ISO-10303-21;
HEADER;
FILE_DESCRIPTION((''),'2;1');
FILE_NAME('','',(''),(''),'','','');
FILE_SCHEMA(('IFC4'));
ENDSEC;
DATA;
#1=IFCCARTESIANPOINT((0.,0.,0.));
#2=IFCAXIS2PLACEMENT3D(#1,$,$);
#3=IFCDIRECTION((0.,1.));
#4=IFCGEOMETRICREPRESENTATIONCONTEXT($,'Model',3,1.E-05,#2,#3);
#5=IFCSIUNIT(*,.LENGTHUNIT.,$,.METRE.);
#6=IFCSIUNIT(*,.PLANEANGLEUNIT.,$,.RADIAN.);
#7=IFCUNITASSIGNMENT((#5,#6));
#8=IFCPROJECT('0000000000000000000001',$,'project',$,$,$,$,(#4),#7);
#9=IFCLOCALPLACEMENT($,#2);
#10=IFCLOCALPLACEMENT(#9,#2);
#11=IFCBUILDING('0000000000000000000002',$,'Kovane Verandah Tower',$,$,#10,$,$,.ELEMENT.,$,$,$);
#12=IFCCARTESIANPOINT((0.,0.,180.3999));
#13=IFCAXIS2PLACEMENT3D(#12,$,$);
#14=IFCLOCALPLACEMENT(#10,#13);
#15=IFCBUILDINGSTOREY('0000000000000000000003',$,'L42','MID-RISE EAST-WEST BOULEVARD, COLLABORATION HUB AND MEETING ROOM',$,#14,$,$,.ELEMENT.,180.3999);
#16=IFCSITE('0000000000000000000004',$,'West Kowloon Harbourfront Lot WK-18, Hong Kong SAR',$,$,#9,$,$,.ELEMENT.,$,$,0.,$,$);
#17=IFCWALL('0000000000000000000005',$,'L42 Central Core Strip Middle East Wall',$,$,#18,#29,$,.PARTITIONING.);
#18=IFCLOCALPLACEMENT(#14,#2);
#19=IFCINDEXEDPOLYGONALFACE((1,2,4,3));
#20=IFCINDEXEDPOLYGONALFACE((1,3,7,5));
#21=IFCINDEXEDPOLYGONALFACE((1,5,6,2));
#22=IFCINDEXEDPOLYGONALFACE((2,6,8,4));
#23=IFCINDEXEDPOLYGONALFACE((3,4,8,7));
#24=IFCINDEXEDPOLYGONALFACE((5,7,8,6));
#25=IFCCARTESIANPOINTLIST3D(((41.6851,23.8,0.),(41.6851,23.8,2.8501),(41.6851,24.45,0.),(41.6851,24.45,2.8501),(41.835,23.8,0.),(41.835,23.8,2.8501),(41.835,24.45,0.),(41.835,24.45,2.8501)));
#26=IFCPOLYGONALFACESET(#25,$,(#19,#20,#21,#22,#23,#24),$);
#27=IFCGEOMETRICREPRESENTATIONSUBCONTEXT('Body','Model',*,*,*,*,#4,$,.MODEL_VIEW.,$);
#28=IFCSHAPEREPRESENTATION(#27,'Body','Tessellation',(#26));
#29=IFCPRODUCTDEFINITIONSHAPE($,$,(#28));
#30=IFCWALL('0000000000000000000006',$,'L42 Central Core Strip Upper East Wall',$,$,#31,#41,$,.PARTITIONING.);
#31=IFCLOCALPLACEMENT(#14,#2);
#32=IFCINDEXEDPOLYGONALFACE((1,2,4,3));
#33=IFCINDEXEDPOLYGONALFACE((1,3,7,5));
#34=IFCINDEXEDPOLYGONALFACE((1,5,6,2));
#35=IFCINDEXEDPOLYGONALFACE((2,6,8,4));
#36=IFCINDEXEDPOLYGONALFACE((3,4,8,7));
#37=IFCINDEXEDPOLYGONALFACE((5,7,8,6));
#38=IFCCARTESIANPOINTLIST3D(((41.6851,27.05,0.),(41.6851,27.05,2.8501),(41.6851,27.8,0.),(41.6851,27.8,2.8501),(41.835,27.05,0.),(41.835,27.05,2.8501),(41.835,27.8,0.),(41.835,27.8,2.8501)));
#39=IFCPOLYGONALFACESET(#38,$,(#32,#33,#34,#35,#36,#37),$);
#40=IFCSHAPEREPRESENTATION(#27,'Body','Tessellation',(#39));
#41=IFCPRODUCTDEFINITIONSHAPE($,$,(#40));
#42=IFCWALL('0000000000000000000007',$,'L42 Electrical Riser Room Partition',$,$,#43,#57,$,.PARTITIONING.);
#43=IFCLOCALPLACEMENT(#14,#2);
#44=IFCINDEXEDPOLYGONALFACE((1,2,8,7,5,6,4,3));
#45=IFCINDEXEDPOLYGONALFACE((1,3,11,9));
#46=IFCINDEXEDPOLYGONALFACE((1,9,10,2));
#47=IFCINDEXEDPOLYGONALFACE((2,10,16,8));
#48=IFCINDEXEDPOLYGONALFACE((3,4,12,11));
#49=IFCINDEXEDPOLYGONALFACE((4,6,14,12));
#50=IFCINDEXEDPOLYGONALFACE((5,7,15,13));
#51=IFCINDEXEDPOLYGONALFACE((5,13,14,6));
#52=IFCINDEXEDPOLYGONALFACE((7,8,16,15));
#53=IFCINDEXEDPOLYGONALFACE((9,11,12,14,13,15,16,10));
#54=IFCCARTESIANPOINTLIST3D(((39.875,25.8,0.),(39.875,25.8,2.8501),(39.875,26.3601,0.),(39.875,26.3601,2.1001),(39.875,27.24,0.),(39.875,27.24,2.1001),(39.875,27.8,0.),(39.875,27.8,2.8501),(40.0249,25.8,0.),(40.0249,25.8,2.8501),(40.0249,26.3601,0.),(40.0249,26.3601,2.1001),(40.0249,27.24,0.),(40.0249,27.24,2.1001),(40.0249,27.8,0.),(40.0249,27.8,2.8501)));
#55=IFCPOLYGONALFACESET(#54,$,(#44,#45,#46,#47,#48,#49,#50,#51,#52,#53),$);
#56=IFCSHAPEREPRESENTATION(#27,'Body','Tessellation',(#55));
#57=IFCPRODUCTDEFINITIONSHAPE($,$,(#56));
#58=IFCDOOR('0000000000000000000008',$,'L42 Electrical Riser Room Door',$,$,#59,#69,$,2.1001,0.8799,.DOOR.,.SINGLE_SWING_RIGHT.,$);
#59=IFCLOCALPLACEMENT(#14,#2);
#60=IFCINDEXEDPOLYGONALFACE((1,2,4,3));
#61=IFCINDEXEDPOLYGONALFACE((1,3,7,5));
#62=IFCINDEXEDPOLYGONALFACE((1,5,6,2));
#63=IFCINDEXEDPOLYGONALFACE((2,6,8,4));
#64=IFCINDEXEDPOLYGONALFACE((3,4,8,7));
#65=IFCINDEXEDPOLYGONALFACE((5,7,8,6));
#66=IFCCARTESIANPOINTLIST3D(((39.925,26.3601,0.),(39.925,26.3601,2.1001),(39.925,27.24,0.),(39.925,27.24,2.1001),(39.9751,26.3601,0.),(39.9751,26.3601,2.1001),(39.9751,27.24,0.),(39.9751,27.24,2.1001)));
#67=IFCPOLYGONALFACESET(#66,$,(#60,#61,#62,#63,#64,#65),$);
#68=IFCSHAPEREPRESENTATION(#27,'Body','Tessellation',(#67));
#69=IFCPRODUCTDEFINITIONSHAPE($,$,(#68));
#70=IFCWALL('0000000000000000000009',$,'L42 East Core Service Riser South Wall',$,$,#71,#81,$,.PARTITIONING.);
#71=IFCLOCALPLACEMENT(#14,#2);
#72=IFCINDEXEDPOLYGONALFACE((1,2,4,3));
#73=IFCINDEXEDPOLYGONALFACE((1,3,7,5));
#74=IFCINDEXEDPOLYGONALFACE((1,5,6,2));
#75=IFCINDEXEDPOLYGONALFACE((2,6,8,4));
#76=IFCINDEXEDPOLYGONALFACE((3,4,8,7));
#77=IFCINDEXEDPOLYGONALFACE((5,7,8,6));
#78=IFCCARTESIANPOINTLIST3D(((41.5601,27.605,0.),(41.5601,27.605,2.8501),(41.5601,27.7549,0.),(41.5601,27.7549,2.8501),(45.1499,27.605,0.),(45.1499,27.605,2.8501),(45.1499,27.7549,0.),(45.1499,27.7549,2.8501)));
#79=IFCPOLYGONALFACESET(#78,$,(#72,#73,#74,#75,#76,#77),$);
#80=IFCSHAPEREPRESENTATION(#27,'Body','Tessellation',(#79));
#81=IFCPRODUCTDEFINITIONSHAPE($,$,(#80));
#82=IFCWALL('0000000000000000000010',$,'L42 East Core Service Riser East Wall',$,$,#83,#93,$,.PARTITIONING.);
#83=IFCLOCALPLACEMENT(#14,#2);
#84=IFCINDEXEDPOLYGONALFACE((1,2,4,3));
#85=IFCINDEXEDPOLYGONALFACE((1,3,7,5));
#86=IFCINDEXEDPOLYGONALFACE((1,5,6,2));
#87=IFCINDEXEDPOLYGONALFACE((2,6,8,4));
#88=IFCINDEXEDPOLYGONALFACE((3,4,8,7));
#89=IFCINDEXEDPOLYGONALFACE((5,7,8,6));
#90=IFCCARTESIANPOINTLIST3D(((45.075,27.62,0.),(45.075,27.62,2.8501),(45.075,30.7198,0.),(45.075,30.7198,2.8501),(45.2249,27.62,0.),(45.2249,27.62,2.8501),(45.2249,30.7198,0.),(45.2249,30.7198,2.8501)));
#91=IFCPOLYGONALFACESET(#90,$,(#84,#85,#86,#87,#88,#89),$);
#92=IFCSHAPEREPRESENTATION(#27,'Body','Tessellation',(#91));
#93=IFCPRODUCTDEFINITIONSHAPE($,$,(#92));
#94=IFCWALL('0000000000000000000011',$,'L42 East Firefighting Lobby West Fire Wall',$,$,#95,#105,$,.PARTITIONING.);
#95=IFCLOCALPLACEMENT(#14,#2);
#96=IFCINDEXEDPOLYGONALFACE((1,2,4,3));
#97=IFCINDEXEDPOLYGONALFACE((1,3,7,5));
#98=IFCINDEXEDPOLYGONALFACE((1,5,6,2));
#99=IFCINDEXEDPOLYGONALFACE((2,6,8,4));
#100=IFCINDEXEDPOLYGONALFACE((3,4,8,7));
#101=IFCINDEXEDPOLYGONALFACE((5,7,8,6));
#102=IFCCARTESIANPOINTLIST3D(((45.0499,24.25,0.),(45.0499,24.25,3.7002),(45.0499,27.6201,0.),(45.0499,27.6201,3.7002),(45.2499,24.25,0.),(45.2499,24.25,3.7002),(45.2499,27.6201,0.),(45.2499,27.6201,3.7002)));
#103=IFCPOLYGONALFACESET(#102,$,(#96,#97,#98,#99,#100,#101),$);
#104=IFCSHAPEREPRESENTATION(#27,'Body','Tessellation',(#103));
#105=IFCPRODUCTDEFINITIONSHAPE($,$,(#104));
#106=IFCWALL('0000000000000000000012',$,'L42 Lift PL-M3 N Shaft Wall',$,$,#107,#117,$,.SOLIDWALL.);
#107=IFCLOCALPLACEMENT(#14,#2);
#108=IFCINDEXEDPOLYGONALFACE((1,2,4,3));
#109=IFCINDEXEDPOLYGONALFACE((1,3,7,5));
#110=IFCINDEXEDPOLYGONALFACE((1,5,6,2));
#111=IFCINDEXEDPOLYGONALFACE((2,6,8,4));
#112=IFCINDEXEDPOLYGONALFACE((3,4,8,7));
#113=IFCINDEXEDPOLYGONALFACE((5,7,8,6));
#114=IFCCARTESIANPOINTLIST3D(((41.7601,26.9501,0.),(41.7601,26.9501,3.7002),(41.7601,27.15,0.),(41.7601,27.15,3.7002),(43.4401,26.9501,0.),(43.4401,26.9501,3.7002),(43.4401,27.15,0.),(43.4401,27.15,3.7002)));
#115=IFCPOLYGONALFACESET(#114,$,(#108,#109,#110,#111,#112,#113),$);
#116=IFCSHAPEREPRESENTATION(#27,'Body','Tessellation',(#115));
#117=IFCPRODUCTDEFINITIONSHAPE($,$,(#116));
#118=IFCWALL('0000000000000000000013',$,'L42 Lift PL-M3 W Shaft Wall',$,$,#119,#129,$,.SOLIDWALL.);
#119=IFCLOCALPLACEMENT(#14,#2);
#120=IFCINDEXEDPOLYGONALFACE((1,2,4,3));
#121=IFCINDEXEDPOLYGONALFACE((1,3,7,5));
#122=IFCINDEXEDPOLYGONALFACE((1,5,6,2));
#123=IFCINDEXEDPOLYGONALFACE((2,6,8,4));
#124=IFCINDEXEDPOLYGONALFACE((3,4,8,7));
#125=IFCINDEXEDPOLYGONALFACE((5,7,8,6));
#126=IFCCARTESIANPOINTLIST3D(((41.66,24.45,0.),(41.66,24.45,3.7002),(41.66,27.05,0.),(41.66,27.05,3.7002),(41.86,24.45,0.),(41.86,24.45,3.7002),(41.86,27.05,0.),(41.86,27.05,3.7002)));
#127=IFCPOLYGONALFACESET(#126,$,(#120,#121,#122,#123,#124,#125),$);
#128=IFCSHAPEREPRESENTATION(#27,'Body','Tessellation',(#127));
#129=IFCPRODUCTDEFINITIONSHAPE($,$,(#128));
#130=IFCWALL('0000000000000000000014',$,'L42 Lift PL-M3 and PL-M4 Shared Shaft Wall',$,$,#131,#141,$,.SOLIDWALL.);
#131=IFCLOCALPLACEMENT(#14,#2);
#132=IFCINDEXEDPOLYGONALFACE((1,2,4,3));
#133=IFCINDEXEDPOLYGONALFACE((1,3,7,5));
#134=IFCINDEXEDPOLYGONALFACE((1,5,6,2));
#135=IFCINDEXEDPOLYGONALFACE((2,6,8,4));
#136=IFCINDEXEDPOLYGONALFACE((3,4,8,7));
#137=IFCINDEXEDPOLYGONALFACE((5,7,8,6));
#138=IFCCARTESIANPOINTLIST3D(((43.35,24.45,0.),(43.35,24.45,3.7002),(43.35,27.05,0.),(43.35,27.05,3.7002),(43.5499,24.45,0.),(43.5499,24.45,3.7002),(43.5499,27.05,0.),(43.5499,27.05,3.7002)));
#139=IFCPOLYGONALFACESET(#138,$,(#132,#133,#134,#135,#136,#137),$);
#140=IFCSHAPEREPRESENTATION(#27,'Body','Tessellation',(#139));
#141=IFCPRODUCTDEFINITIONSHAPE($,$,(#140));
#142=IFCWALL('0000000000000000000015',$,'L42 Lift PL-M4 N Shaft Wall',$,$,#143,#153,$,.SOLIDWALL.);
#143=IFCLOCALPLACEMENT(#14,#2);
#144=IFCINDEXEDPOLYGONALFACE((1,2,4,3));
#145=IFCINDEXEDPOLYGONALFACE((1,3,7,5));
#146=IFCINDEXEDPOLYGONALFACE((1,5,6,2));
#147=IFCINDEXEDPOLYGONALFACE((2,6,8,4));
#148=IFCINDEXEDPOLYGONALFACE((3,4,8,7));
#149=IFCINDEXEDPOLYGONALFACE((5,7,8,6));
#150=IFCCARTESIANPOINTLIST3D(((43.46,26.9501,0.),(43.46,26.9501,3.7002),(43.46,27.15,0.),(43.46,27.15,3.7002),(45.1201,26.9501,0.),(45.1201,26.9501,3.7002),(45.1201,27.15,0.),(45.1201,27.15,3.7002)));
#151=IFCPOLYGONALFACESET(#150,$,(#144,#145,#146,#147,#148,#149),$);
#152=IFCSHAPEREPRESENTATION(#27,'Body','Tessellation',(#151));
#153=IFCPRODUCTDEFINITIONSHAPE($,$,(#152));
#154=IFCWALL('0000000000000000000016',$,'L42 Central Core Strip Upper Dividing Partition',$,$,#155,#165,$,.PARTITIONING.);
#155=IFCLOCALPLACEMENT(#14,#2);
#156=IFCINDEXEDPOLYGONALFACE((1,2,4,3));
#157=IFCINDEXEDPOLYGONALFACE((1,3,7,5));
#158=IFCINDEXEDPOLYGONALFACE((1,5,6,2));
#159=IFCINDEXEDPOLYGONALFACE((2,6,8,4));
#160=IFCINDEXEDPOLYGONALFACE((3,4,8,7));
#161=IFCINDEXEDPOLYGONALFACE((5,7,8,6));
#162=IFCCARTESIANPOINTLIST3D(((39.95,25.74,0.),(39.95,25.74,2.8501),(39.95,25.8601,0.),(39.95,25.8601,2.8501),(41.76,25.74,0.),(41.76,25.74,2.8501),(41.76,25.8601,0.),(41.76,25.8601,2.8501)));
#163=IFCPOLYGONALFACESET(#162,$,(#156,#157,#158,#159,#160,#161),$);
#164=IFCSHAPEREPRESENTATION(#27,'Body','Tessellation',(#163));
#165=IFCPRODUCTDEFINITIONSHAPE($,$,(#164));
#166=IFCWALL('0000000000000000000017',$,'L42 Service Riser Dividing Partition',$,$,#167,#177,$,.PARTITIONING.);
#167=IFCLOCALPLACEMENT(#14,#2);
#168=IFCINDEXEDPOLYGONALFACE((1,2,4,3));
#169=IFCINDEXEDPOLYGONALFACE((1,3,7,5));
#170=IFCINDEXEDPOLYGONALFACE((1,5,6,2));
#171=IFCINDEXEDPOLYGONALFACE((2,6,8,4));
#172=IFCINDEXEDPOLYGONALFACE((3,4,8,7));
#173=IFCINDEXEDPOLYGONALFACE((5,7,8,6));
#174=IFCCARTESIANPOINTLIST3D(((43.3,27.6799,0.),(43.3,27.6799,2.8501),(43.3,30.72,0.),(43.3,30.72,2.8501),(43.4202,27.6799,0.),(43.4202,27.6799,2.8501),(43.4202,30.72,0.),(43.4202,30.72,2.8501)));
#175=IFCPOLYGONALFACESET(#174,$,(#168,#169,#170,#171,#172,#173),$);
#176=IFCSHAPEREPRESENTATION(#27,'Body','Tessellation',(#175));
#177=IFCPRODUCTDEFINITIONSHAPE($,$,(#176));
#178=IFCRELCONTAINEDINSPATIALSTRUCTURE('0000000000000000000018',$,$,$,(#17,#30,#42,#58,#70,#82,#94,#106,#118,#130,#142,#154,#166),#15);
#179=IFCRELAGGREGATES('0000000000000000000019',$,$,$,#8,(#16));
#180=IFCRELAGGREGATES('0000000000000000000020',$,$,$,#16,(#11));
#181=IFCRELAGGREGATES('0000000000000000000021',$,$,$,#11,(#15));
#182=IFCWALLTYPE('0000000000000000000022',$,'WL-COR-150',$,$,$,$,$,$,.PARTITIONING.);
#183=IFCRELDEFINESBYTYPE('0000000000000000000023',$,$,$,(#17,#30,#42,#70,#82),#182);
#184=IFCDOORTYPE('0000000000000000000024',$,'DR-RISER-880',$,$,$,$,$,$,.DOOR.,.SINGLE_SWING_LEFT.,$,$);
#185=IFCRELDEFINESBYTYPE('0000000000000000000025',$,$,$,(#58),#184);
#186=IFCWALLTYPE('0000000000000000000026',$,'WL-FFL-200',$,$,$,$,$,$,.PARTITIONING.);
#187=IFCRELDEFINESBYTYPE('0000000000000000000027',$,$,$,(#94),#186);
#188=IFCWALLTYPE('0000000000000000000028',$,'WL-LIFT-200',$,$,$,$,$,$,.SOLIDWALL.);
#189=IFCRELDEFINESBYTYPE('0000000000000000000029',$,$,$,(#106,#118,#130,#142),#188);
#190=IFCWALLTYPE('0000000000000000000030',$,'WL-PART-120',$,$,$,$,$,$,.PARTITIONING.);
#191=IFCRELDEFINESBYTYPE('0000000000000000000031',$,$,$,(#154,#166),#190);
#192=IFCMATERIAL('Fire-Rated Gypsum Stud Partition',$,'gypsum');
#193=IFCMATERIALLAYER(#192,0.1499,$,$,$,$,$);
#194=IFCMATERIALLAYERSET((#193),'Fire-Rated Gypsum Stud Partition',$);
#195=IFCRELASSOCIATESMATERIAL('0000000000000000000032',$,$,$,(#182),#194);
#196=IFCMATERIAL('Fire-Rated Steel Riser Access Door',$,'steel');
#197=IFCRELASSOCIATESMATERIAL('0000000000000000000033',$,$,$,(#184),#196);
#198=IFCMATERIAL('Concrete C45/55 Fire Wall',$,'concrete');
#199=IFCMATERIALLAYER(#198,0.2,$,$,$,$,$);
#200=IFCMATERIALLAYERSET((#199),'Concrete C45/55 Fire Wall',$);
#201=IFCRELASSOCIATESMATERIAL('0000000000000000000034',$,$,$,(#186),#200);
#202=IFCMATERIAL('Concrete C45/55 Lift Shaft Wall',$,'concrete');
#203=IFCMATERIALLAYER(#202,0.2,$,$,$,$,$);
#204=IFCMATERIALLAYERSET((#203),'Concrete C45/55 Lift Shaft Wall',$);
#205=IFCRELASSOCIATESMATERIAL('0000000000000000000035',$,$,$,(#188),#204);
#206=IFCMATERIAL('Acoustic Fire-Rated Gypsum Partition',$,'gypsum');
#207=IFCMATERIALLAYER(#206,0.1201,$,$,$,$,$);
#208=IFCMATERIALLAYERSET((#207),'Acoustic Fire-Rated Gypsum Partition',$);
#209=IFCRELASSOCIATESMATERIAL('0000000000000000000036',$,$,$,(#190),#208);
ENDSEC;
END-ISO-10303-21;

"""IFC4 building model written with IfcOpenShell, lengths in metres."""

from ifc_helpers import new_model, si_unit, direction, frame, frame_2d, origin, place, context, subcontext, project, spatial, rectangle, extrude, material, layer, layer_set, type_object, element, fill, save


model = new_model("IFC4")

# Units and contexts
model_context = context("Model", 3, precision=1e-05, world=origin(), true_north=direction((0.0, 1.0)))
body_context = subcontext(model_context, "Body", "Model", "MODEL_VIEW")
ifc_project = project(units=[si_unit("LENGTHUNIT", "METRE"), si_unit("PLANEANGLEUNIT", "RADIAN")], contexts=[model_context])

# Site, building, storey
site_placement = place(None, origin())
site = spatial("IfcSite", under=ifc_project, at=site_placement, Name="West Kowloon Harbourfront Lot WK-18, Hong Kong SAR", CompositionType="ELEMENT", RefElevation=0.0)
building_placement = place(site_placement, origin())
building = spatial("IfcBuilding", under=site, at=building_placement, Name="Kovane Verandah Tower", CompositionType="ELEMENT")
storey_placement = place(building_placement, frame((0.0, 0.0, 180.3999)))
storey = spatial("IfcBuildingStorey", under=building, at=storey_placement, Name="L42", Description="MID-RISE EAST-WEST BOULEVARD, COLLABORATION HUB AND MEETING ROOM", CompositionType="ELEMENT", Elevation=180.3999)

# Walls
ifc_material_1 = material(Name="Fire-Rated Gypsum Stud Partition", Category="gypsum")
ifc_layer_1 = layer(ifc_material_1, 0.1499)
ifc_layer_set_1 = layer_set([ifc_layer_1], Name="Fire-Rated Gypsum Stud Partition")
wall_type_1 = type_object("IfcWallType", Name="WL-COR-150", PredefinedType="PARTITIONING", material=ifc_layer_set_1)
wall_1_placement = place(storey_placement, frame((41.76, 23.8, 0.0), z_axis=(0.0, 0.0, 1.0), x_axis=(0.0, 1.0, 0.0)))
element("IfcWall", 1, at=wall_1_placement, inside=storey, type_object=wall_type_1, Name="L42 Central Core Strip Middle East Wall", PredefinedType="PARTITIONING", context=body_context, shape_type="SweptSolid", body=[
    extrude(rectangle(XDim=0.6499, YDim=0.1499, at=frame_2d((0.325, 0.0))), origin(), (0.0, 0.0, 1.0), 2.8501),
])
wall_2_placement = place(storey_placement, frame((41.76, 27.05, 0.0), z_axis=(0.0, 0.0, 1.0), x_axis=(0.0, 1.0, 0.0)))
element("IfcWall", 2, at=wall_2_placement, inside=storey, type_object=wall_type_1, Name="L42 Central Core Strip Upper East Wall", PredefinedType="PARTITIONING", context=body_context, shape_type="SweptSolid", body=[
    extrude(rectangle(XDim=0.75, YDim=0.1499, at=frame_2d((0.375, 0.0))), origin(), (0.0, 0.0, 1.0), 2.8501),
])

# Wall, opening, door
wall_3_placement = place(storey_placement, frame((39.95, 25.8, 0.0), z_axis=(0.0, 0.0, 1.0), x_axis=(0.0, 1.0, 0.0)))
wall_3 = element("IfcWall", 3, at=wall_3_placement, inside=storey, type_object=wall_type_1, Name="L42 Electrical Riser Room Partition", PredefinedType="PARTITIONING", context=body_context, shape_type="SweptSolid", body=[
    extrude(rectangle(XDim=2.0, YDim=0.1499, at=frame_2d((1.0, 0.0))), origin(), (0.0, 0.0, 1.0), 2.8501),
])
opening_1_placement = place(wall_3_placement, frame((0.5601, 0.0, 0.0)))
opening_1 = element("IfcOpeningElement", 4, at=opening_1_placement, cuts=wall_3, PredefinedType="OPENING", context=body_context, shape_type="SweptSolid", body=[
    extrude(rectangle(XDim=0.8799, YDim=2.1001, at=frame_2d((0.4399, 1.05))), frame((0.0, 0.075, 0.0), z_axis=(0.0, -1.0, 0.0), x_axis=(1.0, 0.0, 0.0)), (0.0, 0.0, 1.0), 0.1499),
])
ifc_material_2 = material(Name="Fire-Rated Steel Riser Access Door", Category="steel")
door_type_1 = type_object("IfcDoorType", Name="DR-RISER-880", OperationType="SINGLE_SWING_LEFT", PredefinedType="DOOR", material=ifc_material_2)
door_1_placement = place(opening_1_placement, origin())
door_1 = element("IfcDoor", 5, at=door_1_placement, inside=storey, type_object=door_type_1, Name="L42 Electrical Riser Room Door", OperationType="SINGLE_SWING_RIGHT", OverallHeight=2.1001, OverallWidth=0.8799, PredefinedType="DOOR", context=body_context, shape_type="SweptSolid", body=[
    extrude(rectangle(XDim=0.8799, YDim=2.1001, at=frame_2d((0.4399, 1.05))), frame((0.0, 0.0249, 0.0), z_axis=(0.0, -1.0, 0.0), x_axis=(1.0, 0.0, 0.0)), (0.0, 0.0, 1.0), 0.05),
])
fill(opening_1, door_1)

# Walls
wall_4_placement = place(storey_placement, frame((41.5601, 27.6799, 0.0), z_axis=(0.0, 0.0, 1.0), x_axis=(1.0, 0.0, 0.0)))
element("IfcWall", 6, at=wall_4_placement, inside=storey, type_object=wall_type_1, Name="L42 East Core Service Riser South Wall", PredefinedType="PARTITIONING", context=body_context, shape_type="SweptSolid", body=[
    extrude(rectangle(XDim=3.5898, YDim=0.1499, at=frame_2d((1.7949, 0.0))), origin(), (0.0, 0.0, 1.0), 2.8501),
])
wall_5_placement = place(storey_placement, frame((45.1499, 27.6201, 0.0), z_axis=(0.0, 0.0, 1.0), x_axis=(0.0, 1.0, 0.0)))
element("IfcWall", 7, at=wall_5_placement, inside=storey, type_object=wall_type_1, Name="L42 East Core Service Riser East Wall", PredefinedType="PARTITIONING", context=body_context, shape_type="SweptSolid", body=[
    extrude(rectangle(XDim=3.0999, YDim=0.1499, at=frame_2d((1.5498, 0.0))), origin(), (0.0, 0.0, 1.0), 2.8501),
])

# Shared definitions
ifc_material_3 = material(Name="Concrete C45/55 Fire Wall", Category="concrete")
ifc_layer_2 = layer(ifc_material_3, 0.2)
ifc_layer_set_2 = layer_set([ifc_layer_2], Name="Concrete C45/55 Fire Wall")
wall_type_2 = type_object("IfcWallType", Name="WL-FFL-200", PredefinedType="PARTITIONING", material=ifc_layer_set_2)

# Wall
wall_6_placement = place(storey_placement, frame((45.1499, 24.25, 0.0), z_axis=(0.0, 0.0, 1.0), x_axis=(0.0, 1.0, 0.0)))
element("IfcWall", 8, at=wall_6_placement, inside=storey, type_object=wall_type_2, Name="L42 East Firefighting Lobby West Fire Wall", PredefinedType="PARTITIONING", context=body_context, shape_type="SweptSolid", body=[
    extrude(rectangle(XDim=3.3701, YDim=0.2, at=frame_2d((1.6851, 0.0))), origin(), (0.0, 0.0, 1.0), 3.7002),
])

# Shared definitions
ifc_material_4 = material(Name="Concrete C45/55 Lift Shaft Wall", Category="concrete")
ifc_layer_3 = layer(ifc_material_4, 0.2)
ifc_layer_set_3 = layer_set([ifc_layer_3], Name="Concrete C45/55 Lift Shaft Wall")
wall_type_3 = type_object("IfcWallType", Name="WL-LIFT-200", PredefinedType="SOLIDWALL", material=ifc_layer_set_3)

# Walls
wall_7_placement = place(storey_placement, frame((43.4399, 27.05, 0.0), z_axis=(0.0, 0.0, 1.0), x_axis=(-1.0, 0.0, 0.0)))
element("IfcWall", 9, at=wall_7_placement, inside=storey, type_object=wall_type_3, Name="L42 Lift PL-M3 N Shaft Wall", PredefinedType="SOLIDWALL", context=body_context, shape_type="SweptSolid", body=[
    extrude(rectangle(XDim=1.6799, YDim=0.2, at=frame_2d((0.8398, 0.0))), origin(), (0.0, 0.0, 1.0), 3.7002),
])
for number, where, z_axis, x_axis, name in (
    (10, (41.76, 27.05, 0.0), (0.0, 0.0, 1.0), (0.0, -1.0, 0.0), "L42 Lift PL-M3 W Shaft Wall"),
    (11, (43.45, 24.45, 0.0), (0.0, 0.0, 1.0), (0.0, 1.0, 0.0), "L42 Lift PL-M3 and PL-M4 Shared Shaft Wall"),
):
    element("IfcWall", number, at=place(storey_placement, frame(where, z_axis=z_axis, x_axis=x_axis)), inside=storey, type_object=wall_type_3, Name=name, PredefinedType="SOLIDWALL", context=body_context, shape_type="SweptSolid", body=[
        extrude(rectangle(XDim=2.6001, YDim=0.2, at=frame_2d((1.3, 0.0))), origin(), (0.0, 0.0, 1.0), 3.7002),
    ])

# Walls
wall_8_placement = place(storey_placement, frame((45.1201, 27.05, 0.0), z_axis=(0.0, 0.0, 1.0), x_axis=(-1.0, 0.0, 0.0)))
element("IfcWall", 12, at=wall_8_placement, inside=storey, type_object=wall_type_3, Name="L42 Lift PL-M4 N Shaft Wall", PredefinedType="SOLIDWALL", context=body_context, shape_type="SweptSolid", body=[
    extrude(rectangle(XDim=1.6602, YDim=0.2, at=frame_2d((0.8301, 0.0))), origin(), (0.0, 0.0, 1.0), 3.7002),
])
ifc_material_5 = material(Name="Acoustic Fire-Rated Gypsum Partition", Category="gypsum")
ifc_layer_4 = layer(ifc_material_5, 0.1201)
ifc_layer_set_4 = layer_set([ifc_layer_4], Name="Acoustic Fire-Rated Gypsum Partition")
wall_type_4 = type_object("IfcWallType", Name="WL-PART-120", PredefinedType="PARTITIONING", material=ifc_layer_set_4)
wall_9_placement = place(storey_placement, frame((39.95, 25.8, 0.0), z_axis=(0.0, 0.0, 1.0), x_axis=(1.0, 0.0, 0.0)))
element("IfcWall", 13, at=wall_9_placement, inside=storey, type_object=wall_type_4, Name="L42 Central Core Strip Upper Dividing Partition", PredefinedType="PARTITIONING", context=body_context, shape_type="SweptSolid", body=[
    extrude(rectangle(XDim=1.8101, YDim=0.1201, at=frame_2d((0.905, 0.0))), origin(), (0.0, 0.0, 1.0), 2.8501),
])
wall_10_placement = place(storey_placement, frame((43.3601, 27.6799, 0.0), z_axis=(0.0, 0.0, 1.0), x_axis=(0.0, 1.0, 0.0)))
element("IfcWall", 14, at=wall_10_placement, inside=storey, type_object=wall_type_4, Name="L42 Service Riser Dividing Partition", PredefinedType="PARTITIONING", context=body_context, shape_type="SweptSolid", body=[
    extrude(rectangle(XDim=3.04, YDim=0.1201, at=frame_2d((1.52, 0.0))), origin(), (0.0, 0.0, 1.0), 2.8501),
])

save(model, "model.ifc")
